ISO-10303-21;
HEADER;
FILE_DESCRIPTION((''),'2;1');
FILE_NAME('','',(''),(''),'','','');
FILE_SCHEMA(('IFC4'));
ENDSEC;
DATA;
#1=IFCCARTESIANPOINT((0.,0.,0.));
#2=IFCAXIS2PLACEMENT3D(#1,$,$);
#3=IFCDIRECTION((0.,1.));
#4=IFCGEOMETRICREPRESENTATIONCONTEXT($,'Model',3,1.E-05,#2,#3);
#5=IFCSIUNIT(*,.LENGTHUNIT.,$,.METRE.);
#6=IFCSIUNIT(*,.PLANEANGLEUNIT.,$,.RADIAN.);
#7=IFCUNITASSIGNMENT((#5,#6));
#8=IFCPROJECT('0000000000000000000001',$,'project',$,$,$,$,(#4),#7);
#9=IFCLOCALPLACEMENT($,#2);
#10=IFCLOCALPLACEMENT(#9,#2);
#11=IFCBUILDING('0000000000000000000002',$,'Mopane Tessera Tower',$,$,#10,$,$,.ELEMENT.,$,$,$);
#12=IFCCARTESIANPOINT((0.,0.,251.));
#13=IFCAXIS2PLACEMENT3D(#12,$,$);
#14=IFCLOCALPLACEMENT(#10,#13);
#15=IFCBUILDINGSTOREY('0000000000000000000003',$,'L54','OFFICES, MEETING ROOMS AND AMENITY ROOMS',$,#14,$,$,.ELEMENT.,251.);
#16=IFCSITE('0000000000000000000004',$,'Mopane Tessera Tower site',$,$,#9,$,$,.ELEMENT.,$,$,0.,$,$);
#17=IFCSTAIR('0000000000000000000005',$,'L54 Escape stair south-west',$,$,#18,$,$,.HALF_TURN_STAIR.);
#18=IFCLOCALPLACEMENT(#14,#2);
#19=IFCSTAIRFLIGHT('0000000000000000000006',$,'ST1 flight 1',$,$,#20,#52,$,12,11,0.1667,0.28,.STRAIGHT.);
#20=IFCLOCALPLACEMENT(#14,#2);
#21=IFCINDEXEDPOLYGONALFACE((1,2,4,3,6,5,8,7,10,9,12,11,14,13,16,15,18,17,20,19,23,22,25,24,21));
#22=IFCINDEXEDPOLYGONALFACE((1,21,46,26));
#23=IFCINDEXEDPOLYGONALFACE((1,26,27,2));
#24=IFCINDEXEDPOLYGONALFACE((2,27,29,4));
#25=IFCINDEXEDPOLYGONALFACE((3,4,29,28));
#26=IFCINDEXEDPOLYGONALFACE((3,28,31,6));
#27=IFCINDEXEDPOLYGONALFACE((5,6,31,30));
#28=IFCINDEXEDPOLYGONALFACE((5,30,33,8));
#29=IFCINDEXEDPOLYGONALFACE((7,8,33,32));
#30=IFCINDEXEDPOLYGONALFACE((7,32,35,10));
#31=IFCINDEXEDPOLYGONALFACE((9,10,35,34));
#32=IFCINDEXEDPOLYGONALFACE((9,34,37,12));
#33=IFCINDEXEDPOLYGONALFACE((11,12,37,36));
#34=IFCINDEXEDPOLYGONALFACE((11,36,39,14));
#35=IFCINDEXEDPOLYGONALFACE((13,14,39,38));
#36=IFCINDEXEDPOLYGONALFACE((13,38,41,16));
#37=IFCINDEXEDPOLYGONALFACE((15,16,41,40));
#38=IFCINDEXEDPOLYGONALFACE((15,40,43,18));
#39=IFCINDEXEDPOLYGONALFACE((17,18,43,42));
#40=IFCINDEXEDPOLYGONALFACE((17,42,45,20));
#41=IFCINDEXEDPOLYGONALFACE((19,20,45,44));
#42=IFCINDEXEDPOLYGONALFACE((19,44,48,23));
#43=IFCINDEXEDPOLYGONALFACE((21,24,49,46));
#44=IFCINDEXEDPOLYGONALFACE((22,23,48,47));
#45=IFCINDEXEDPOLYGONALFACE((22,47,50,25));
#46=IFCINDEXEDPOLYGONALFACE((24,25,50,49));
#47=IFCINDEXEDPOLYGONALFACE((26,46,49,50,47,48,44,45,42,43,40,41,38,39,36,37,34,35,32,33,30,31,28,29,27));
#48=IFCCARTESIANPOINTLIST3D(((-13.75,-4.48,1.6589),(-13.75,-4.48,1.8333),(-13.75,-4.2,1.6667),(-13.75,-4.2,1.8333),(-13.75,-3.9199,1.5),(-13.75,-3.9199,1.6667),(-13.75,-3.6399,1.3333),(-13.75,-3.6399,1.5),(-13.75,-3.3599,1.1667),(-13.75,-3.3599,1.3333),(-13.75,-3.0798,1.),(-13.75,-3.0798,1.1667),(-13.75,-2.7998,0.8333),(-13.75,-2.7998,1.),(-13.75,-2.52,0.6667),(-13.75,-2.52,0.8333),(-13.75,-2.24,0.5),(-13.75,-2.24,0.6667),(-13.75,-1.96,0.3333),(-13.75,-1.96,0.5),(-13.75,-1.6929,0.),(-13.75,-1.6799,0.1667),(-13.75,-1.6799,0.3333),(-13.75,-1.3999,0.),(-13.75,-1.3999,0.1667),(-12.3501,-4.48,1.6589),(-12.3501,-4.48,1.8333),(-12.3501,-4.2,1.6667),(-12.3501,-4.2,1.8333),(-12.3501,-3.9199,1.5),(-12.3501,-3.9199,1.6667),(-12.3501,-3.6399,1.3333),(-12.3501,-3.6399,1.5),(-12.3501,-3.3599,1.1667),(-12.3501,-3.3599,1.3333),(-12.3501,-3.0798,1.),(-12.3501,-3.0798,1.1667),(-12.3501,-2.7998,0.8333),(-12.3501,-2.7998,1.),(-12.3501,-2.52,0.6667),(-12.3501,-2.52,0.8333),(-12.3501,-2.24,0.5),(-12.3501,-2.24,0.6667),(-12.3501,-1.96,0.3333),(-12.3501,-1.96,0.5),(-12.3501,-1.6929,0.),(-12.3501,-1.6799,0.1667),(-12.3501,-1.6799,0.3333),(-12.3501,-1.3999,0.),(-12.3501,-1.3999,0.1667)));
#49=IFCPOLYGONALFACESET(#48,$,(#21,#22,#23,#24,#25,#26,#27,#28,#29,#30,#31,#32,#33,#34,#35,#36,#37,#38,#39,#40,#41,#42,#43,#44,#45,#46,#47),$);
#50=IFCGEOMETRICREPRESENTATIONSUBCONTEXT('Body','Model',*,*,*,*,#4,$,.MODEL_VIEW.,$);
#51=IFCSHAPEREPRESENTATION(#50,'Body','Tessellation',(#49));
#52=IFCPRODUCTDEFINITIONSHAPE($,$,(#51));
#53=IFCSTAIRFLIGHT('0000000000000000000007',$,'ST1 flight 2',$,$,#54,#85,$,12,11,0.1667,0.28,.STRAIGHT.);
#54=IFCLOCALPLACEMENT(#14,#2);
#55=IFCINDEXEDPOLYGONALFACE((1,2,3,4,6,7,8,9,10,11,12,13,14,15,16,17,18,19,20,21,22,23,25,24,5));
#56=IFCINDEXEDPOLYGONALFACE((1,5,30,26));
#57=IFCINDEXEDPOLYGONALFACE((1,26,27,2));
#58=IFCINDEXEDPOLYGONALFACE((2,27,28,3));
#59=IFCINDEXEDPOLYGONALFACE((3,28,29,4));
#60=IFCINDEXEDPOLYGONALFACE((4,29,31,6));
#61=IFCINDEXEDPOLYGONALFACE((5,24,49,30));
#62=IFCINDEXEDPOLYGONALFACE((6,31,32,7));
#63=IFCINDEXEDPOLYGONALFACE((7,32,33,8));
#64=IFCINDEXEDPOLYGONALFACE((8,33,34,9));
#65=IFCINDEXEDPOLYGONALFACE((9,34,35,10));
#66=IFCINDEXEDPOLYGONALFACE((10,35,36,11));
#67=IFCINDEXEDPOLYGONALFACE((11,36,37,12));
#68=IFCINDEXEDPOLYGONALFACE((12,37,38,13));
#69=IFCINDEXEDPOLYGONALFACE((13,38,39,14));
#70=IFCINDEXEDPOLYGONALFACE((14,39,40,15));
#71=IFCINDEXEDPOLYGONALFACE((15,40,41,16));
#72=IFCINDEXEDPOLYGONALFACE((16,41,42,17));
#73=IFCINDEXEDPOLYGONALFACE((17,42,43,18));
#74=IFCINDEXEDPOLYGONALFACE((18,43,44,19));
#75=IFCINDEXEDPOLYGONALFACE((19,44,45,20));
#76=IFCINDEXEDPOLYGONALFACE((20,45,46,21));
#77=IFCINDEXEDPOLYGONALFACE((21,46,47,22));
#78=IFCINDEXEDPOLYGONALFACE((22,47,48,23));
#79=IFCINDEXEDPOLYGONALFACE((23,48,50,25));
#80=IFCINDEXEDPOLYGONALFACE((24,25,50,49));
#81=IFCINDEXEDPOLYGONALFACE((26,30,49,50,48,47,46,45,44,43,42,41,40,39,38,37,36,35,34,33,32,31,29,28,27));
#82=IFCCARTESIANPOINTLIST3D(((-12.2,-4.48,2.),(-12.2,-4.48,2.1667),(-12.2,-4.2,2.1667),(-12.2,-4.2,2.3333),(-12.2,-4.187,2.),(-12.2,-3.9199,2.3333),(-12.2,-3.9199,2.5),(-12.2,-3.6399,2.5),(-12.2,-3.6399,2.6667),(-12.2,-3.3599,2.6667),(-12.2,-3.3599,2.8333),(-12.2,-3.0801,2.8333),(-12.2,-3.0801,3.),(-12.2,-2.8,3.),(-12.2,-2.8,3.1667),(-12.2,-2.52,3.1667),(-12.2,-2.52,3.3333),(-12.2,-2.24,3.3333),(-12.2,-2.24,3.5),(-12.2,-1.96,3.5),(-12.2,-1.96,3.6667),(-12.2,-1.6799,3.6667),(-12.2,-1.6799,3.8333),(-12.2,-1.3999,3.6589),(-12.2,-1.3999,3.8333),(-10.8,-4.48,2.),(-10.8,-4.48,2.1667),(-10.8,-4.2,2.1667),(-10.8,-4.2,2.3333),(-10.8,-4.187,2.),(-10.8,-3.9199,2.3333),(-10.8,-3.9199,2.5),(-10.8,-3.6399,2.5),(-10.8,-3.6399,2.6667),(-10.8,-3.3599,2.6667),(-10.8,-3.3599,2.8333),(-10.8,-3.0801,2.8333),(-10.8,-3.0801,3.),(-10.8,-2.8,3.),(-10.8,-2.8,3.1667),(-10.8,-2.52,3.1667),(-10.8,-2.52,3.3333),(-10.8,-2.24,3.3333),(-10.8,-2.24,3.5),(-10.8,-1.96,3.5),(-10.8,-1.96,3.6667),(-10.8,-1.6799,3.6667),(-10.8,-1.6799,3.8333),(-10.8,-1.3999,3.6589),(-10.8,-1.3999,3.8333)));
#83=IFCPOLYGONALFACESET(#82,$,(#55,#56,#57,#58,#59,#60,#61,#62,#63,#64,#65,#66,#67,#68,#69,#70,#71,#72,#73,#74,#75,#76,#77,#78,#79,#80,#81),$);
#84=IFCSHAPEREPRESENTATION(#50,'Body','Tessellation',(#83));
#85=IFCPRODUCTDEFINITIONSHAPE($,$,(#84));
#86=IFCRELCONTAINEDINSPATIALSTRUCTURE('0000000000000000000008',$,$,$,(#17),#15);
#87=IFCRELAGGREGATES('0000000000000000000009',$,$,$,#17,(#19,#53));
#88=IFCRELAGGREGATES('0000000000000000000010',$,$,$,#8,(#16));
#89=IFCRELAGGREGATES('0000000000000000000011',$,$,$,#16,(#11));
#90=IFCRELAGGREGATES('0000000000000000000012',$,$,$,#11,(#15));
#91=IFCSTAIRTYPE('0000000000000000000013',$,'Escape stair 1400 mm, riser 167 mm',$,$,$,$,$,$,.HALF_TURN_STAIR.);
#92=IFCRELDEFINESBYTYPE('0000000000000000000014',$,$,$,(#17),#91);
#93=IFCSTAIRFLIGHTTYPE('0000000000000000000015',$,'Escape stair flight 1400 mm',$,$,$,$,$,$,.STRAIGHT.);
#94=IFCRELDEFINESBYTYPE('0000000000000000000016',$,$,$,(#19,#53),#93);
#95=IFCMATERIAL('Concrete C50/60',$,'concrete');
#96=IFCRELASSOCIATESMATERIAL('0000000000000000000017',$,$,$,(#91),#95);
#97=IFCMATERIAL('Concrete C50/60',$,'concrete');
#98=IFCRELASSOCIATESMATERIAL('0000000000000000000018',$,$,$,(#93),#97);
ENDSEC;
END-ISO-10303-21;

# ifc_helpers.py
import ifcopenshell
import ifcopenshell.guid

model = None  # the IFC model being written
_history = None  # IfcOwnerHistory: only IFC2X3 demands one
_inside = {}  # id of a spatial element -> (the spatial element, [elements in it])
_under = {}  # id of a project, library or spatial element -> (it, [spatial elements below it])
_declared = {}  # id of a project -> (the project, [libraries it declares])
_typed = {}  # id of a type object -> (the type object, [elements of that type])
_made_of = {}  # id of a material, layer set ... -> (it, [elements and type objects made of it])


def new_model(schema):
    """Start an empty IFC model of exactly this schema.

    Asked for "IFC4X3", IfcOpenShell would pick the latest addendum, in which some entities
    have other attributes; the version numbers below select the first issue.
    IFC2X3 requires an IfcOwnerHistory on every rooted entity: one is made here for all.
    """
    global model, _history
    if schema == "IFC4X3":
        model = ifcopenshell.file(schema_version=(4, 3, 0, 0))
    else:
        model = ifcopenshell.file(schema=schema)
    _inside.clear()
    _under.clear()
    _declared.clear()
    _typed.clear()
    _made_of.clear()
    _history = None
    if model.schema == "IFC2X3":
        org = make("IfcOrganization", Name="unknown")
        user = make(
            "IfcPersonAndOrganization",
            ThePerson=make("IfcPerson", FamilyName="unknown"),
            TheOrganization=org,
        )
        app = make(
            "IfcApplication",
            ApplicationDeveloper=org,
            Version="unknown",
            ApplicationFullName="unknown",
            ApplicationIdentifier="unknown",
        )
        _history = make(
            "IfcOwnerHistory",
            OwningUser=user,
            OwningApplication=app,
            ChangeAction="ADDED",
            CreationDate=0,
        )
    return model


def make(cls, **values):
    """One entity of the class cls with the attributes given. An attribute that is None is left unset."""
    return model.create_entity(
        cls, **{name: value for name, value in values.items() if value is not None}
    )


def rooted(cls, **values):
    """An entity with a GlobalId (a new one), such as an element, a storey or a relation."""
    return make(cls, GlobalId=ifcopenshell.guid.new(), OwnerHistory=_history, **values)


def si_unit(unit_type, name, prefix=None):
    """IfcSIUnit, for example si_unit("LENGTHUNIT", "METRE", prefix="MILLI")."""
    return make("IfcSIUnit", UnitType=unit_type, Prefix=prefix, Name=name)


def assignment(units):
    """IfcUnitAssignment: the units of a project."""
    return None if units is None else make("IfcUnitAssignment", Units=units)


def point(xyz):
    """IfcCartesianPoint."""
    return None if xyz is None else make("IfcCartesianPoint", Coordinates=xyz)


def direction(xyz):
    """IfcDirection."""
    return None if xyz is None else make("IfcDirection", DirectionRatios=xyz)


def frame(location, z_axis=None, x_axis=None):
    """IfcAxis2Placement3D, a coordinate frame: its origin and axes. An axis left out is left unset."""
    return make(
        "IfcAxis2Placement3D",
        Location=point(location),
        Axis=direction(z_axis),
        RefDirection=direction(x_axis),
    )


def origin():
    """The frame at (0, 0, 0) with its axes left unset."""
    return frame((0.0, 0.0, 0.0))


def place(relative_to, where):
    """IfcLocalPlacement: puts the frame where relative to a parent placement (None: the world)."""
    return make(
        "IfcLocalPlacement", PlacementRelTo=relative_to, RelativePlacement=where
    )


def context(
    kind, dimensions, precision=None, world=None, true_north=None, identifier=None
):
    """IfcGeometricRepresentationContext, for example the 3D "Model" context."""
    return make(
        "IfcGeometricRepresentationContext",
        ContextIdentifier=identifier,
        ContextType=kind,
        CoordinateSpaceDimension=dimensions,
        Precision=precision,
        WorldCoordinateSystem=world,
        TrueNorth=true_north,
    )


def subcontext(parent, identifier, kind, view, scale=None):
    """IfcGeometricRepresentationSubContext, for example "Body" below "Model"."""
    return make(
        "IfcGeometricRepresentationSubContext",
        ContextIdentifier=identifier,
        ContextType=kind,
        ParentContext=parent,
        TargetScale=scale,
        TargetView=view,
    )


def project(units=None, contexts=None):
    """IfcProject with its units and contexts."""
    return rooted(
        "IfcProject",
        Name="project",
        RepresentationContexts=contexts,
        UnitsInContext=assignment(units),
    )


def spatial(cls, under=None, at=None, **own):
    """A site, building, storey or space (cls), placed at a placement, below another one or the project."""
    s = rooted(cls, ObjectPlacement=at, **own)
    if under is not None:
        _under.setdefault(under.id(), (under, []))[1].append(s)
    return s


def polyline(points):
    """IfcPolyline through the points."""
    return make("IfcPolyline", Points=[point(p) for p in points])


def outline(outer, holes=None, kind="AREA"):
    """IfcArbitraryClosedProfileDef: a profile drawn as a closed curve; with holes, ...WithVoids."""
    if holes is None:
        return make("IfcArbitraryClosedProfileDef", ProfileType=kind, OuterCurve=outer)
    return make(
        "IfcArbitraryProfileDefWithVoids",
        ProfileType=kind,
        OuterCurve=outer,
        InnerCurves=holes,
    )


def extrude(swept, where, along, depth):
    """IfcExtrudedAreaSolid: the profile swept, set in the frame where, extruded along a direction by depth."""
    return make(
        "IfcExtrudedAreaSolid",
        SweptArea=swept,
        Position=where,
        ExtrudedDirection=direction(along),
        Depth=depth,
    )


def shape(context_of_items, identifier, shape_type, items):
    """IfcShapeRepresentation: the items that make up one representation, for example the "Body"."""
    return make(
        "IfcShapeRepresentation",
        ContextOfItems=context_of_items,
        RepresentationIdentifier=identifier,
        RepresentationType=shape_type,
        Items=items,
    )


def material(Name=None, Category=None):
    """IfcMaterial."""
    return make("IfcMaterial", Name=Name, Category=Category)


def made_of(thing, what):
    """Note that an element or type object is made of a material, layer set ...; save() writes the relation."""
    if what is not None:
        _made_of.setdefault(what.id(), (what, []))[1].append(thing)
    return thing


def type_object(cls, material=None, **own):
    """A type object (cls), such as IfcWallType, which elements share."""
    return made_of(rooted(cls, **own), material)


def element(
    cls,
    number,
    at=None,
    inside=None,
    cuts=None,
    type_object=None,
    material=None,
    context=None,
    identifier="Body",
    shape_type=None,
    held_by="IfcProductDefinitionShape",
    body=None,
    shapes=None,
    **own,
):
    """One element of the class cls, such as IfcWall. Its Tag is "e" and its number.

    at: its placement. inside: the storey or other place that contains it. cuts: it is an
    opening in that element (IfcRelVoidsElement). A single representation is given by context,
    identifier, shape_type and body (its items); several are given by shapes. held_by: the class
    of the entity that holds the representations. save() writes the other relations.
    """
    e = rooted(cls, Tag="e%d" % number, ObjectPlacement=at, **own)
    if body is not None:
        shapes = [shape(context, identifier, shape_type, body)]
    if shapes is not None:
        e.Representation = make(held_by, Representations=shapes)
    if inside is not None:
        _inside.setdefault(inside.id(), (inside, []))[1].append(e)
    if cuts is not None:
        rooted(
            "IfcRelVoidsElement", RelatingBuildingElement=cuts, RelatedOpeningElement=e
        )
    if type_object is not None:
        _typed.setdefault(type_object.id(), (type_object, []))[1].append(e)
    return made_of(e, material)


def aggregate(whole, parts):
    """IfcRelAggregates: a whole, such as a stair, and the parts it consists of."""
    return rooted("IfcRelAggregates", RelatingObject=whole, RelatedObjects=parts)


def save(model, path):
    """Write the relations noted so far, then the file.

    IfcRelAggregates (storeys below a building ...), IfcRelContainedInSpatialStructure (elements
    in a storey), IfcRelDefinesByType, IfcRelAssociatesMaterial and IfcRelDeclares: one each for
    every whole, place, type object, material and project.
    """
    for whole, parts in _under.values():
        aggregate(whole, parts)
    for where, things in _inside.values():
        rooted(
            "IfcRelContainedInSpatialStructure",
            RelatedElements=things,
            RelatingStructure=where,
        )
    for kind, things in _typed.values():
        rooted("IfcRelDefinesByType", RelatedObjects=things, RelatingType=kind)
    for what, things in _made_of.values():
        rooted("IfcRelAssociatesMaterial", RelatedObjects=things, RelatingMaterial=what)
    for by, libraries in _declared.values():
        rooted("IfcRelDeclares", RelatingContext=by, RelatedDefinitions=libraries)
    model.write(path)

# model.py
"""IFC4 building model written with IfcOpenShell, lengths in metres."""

from ifc_helpers import new_model, si_unit, direction, frame, origin, place, context, subcontext, project, spatial, polyline, outline, extrude, material, type_object, element, aggregate, save


model = new_model("IFC4")

# Units and contexts
model_context = context("Model", 3, precision=1e-05, world=origin(), true_north=direction((0.0, 1.0)))
body_context = subcontext(model_context, "Body", "Model", "MODEL_VIEW")
ifc_project = project(units=[si_unit("LENGTHUNIT", "METRE"), si_unit("PLANEANGLEUNIT", "RADIAN")], contexts=[model_context])

# Site, building, storey
site_placement = place(None, origin())
site = spatial("IfcSite", under=ifc_project, at=site_placement, Name="Mopane Tessera Tower site", CompositionType="ELEMENT", RefElevation=0.0)
building_placement = place(site_placement, origin())
building = spatial("IfcBuilding", under=site, at=building_placement, Name="Mopane Tessera Tower", CompositionType="ELEMENT")
storey_placement = place(building_placement, frame((0.0, 0.0, 251.0)))
storey = spatial("IfcBuildingStorey", under=building, at=storey_placement, Name="L54", Description="OFFICES, MEETING ROOMS AND AMENITY ROOMS", CompositionType="ELEMENT", Elevation=251.0)

# Stair, stair flights
ifc_material_1 = material(Name="Concrete C50/60", Category="concrete")
stair_type = type_object("IfcStairType", Name="Escape stair 1400 mm, riser 167 mm", PredefinedType="HALF_TURN_STAIR", material=ifc_material_1)
stair_placement = place(storey_placement, origin())
stair = element("IfcStair", 1, at=stair_placement, inside=storey, type_object=stair_type, Name="L54 Escape stair south-west", PredefinedType="HALF_TURN_STAIR")
ifc_material_2 = material(Name="Concrete C50/60", Category="concrete")
stair_flight_type = type_object("IfcStairFlightType", Name="Escape stair flight 1400 mm", PredefinedType="STRAIGHT", material=ifc_material_2)
stair_flight_1_placement = place(storey_placement, frame((-13.05, -1.3999, 0.0), z_axis=(0.0, 0.0, 1.0), x_axis=(0.0, -1.0, 0.0)))
stair_flight_1 = element("IfcStairFlight", 2, at=stair_flight_1_placement, type_object=stair_flight_type, Name="ST1 flight 1", NumberOfRisers=12, NumberOfTreads=11, PredefinedType="STRAIGHT", RiserHeight=0.1667, TreadLength=0.28, context=body_context, shape_type="SweptSolid", body=[
    extrude(outline(polyline([(0.0, 0.0), (0.0, 0.1667), (0.28, 0.1667), (0.28, 0.3333), (0.5601, 0.3333), (0.5601, 0.5), (0.8401, 0.5), (0.8401, 0.6667), (1.1201, 0.6667), (1.1201, 0.8333), (1.3999, 0.8333), (1.3999, 1.0), (1.6799, 1.0), (1.6799, 1.1667), (1.96, 1.1667), (1.96, 1.3333), (2.24, 1.3333), (2.24, 1.5), (2.52, 1.5), (2.52, 1.6667), (2.8, 1.6667), (2.8, 1.8333), (3.0801, 1.8333), (3.0801, 2.0), (3.0801, 1.6589), (0.293, 0.0), (0.0, 0.0)])), frame((0.0, 0.7, 0.0), z_axis=(0.0, -1.0, 0.0), x_axis=(1.0, 0.0, 0.0)), (0.0, 0.0, 1.0), 1.3999),
])
stair_flight_2_placement = place(storey_placement, frame((-11.5, -4.48, 2.0), z_axis=(0.0, 0.0, 1.0), x_axis=(0.0, 1.0, 0.0)))
stair_flight_2 = element("IfcStairFlight", 3, at=stair_flight_2_placement, type_object=stair_flight_type, Name="ST1 flight 2", NumberOfRisers=12, NumberOfTreads=11, PredefinedType="STRAIGHT", RiserHeight=0.1667, TreadLength=0.28, context=body_context, shape_type="SweptSolid", body=[
    extrude(outline(polyline([(0.0, 0.0), (0.0, 0.1667), (0.28, 0.1667), (0.28, 0.3333), (0.5601, 0.3333), (0.5601, 0.5), (0.8401, 0.5), (0.8401, 0.6667), (1.1201, 0.6667), (1.1201, 0.8333), (1.3999, 0.8333), (1.3999, 1.0), (1.6799, 1.0), (1.6799, 1.1667), (1.96, 1.1667), (1.96, 1.3333), (2.24, 1.3333), (2.24, 1.5), (2.52, 1.5), (2.52, 1.6667), (2.8, 1.6667), (2.8, 1.8333), (3.0801, 1.8333), (3.0801, 2.0), (3.0801, 1.6589), (0.293, 0.0), (0.0, 0.0)])), frame((0.0, 0.7, 0.0), z_axis=(0.0, -1.0, 0.0), x_axis=(1.0, 0.0, 0.0)), (0.0, 0.0, 1.0), 1.3999),
])
aggregate(stair, [stair_flight_1, stair_flight_2])

save(model, "model.ifc")
